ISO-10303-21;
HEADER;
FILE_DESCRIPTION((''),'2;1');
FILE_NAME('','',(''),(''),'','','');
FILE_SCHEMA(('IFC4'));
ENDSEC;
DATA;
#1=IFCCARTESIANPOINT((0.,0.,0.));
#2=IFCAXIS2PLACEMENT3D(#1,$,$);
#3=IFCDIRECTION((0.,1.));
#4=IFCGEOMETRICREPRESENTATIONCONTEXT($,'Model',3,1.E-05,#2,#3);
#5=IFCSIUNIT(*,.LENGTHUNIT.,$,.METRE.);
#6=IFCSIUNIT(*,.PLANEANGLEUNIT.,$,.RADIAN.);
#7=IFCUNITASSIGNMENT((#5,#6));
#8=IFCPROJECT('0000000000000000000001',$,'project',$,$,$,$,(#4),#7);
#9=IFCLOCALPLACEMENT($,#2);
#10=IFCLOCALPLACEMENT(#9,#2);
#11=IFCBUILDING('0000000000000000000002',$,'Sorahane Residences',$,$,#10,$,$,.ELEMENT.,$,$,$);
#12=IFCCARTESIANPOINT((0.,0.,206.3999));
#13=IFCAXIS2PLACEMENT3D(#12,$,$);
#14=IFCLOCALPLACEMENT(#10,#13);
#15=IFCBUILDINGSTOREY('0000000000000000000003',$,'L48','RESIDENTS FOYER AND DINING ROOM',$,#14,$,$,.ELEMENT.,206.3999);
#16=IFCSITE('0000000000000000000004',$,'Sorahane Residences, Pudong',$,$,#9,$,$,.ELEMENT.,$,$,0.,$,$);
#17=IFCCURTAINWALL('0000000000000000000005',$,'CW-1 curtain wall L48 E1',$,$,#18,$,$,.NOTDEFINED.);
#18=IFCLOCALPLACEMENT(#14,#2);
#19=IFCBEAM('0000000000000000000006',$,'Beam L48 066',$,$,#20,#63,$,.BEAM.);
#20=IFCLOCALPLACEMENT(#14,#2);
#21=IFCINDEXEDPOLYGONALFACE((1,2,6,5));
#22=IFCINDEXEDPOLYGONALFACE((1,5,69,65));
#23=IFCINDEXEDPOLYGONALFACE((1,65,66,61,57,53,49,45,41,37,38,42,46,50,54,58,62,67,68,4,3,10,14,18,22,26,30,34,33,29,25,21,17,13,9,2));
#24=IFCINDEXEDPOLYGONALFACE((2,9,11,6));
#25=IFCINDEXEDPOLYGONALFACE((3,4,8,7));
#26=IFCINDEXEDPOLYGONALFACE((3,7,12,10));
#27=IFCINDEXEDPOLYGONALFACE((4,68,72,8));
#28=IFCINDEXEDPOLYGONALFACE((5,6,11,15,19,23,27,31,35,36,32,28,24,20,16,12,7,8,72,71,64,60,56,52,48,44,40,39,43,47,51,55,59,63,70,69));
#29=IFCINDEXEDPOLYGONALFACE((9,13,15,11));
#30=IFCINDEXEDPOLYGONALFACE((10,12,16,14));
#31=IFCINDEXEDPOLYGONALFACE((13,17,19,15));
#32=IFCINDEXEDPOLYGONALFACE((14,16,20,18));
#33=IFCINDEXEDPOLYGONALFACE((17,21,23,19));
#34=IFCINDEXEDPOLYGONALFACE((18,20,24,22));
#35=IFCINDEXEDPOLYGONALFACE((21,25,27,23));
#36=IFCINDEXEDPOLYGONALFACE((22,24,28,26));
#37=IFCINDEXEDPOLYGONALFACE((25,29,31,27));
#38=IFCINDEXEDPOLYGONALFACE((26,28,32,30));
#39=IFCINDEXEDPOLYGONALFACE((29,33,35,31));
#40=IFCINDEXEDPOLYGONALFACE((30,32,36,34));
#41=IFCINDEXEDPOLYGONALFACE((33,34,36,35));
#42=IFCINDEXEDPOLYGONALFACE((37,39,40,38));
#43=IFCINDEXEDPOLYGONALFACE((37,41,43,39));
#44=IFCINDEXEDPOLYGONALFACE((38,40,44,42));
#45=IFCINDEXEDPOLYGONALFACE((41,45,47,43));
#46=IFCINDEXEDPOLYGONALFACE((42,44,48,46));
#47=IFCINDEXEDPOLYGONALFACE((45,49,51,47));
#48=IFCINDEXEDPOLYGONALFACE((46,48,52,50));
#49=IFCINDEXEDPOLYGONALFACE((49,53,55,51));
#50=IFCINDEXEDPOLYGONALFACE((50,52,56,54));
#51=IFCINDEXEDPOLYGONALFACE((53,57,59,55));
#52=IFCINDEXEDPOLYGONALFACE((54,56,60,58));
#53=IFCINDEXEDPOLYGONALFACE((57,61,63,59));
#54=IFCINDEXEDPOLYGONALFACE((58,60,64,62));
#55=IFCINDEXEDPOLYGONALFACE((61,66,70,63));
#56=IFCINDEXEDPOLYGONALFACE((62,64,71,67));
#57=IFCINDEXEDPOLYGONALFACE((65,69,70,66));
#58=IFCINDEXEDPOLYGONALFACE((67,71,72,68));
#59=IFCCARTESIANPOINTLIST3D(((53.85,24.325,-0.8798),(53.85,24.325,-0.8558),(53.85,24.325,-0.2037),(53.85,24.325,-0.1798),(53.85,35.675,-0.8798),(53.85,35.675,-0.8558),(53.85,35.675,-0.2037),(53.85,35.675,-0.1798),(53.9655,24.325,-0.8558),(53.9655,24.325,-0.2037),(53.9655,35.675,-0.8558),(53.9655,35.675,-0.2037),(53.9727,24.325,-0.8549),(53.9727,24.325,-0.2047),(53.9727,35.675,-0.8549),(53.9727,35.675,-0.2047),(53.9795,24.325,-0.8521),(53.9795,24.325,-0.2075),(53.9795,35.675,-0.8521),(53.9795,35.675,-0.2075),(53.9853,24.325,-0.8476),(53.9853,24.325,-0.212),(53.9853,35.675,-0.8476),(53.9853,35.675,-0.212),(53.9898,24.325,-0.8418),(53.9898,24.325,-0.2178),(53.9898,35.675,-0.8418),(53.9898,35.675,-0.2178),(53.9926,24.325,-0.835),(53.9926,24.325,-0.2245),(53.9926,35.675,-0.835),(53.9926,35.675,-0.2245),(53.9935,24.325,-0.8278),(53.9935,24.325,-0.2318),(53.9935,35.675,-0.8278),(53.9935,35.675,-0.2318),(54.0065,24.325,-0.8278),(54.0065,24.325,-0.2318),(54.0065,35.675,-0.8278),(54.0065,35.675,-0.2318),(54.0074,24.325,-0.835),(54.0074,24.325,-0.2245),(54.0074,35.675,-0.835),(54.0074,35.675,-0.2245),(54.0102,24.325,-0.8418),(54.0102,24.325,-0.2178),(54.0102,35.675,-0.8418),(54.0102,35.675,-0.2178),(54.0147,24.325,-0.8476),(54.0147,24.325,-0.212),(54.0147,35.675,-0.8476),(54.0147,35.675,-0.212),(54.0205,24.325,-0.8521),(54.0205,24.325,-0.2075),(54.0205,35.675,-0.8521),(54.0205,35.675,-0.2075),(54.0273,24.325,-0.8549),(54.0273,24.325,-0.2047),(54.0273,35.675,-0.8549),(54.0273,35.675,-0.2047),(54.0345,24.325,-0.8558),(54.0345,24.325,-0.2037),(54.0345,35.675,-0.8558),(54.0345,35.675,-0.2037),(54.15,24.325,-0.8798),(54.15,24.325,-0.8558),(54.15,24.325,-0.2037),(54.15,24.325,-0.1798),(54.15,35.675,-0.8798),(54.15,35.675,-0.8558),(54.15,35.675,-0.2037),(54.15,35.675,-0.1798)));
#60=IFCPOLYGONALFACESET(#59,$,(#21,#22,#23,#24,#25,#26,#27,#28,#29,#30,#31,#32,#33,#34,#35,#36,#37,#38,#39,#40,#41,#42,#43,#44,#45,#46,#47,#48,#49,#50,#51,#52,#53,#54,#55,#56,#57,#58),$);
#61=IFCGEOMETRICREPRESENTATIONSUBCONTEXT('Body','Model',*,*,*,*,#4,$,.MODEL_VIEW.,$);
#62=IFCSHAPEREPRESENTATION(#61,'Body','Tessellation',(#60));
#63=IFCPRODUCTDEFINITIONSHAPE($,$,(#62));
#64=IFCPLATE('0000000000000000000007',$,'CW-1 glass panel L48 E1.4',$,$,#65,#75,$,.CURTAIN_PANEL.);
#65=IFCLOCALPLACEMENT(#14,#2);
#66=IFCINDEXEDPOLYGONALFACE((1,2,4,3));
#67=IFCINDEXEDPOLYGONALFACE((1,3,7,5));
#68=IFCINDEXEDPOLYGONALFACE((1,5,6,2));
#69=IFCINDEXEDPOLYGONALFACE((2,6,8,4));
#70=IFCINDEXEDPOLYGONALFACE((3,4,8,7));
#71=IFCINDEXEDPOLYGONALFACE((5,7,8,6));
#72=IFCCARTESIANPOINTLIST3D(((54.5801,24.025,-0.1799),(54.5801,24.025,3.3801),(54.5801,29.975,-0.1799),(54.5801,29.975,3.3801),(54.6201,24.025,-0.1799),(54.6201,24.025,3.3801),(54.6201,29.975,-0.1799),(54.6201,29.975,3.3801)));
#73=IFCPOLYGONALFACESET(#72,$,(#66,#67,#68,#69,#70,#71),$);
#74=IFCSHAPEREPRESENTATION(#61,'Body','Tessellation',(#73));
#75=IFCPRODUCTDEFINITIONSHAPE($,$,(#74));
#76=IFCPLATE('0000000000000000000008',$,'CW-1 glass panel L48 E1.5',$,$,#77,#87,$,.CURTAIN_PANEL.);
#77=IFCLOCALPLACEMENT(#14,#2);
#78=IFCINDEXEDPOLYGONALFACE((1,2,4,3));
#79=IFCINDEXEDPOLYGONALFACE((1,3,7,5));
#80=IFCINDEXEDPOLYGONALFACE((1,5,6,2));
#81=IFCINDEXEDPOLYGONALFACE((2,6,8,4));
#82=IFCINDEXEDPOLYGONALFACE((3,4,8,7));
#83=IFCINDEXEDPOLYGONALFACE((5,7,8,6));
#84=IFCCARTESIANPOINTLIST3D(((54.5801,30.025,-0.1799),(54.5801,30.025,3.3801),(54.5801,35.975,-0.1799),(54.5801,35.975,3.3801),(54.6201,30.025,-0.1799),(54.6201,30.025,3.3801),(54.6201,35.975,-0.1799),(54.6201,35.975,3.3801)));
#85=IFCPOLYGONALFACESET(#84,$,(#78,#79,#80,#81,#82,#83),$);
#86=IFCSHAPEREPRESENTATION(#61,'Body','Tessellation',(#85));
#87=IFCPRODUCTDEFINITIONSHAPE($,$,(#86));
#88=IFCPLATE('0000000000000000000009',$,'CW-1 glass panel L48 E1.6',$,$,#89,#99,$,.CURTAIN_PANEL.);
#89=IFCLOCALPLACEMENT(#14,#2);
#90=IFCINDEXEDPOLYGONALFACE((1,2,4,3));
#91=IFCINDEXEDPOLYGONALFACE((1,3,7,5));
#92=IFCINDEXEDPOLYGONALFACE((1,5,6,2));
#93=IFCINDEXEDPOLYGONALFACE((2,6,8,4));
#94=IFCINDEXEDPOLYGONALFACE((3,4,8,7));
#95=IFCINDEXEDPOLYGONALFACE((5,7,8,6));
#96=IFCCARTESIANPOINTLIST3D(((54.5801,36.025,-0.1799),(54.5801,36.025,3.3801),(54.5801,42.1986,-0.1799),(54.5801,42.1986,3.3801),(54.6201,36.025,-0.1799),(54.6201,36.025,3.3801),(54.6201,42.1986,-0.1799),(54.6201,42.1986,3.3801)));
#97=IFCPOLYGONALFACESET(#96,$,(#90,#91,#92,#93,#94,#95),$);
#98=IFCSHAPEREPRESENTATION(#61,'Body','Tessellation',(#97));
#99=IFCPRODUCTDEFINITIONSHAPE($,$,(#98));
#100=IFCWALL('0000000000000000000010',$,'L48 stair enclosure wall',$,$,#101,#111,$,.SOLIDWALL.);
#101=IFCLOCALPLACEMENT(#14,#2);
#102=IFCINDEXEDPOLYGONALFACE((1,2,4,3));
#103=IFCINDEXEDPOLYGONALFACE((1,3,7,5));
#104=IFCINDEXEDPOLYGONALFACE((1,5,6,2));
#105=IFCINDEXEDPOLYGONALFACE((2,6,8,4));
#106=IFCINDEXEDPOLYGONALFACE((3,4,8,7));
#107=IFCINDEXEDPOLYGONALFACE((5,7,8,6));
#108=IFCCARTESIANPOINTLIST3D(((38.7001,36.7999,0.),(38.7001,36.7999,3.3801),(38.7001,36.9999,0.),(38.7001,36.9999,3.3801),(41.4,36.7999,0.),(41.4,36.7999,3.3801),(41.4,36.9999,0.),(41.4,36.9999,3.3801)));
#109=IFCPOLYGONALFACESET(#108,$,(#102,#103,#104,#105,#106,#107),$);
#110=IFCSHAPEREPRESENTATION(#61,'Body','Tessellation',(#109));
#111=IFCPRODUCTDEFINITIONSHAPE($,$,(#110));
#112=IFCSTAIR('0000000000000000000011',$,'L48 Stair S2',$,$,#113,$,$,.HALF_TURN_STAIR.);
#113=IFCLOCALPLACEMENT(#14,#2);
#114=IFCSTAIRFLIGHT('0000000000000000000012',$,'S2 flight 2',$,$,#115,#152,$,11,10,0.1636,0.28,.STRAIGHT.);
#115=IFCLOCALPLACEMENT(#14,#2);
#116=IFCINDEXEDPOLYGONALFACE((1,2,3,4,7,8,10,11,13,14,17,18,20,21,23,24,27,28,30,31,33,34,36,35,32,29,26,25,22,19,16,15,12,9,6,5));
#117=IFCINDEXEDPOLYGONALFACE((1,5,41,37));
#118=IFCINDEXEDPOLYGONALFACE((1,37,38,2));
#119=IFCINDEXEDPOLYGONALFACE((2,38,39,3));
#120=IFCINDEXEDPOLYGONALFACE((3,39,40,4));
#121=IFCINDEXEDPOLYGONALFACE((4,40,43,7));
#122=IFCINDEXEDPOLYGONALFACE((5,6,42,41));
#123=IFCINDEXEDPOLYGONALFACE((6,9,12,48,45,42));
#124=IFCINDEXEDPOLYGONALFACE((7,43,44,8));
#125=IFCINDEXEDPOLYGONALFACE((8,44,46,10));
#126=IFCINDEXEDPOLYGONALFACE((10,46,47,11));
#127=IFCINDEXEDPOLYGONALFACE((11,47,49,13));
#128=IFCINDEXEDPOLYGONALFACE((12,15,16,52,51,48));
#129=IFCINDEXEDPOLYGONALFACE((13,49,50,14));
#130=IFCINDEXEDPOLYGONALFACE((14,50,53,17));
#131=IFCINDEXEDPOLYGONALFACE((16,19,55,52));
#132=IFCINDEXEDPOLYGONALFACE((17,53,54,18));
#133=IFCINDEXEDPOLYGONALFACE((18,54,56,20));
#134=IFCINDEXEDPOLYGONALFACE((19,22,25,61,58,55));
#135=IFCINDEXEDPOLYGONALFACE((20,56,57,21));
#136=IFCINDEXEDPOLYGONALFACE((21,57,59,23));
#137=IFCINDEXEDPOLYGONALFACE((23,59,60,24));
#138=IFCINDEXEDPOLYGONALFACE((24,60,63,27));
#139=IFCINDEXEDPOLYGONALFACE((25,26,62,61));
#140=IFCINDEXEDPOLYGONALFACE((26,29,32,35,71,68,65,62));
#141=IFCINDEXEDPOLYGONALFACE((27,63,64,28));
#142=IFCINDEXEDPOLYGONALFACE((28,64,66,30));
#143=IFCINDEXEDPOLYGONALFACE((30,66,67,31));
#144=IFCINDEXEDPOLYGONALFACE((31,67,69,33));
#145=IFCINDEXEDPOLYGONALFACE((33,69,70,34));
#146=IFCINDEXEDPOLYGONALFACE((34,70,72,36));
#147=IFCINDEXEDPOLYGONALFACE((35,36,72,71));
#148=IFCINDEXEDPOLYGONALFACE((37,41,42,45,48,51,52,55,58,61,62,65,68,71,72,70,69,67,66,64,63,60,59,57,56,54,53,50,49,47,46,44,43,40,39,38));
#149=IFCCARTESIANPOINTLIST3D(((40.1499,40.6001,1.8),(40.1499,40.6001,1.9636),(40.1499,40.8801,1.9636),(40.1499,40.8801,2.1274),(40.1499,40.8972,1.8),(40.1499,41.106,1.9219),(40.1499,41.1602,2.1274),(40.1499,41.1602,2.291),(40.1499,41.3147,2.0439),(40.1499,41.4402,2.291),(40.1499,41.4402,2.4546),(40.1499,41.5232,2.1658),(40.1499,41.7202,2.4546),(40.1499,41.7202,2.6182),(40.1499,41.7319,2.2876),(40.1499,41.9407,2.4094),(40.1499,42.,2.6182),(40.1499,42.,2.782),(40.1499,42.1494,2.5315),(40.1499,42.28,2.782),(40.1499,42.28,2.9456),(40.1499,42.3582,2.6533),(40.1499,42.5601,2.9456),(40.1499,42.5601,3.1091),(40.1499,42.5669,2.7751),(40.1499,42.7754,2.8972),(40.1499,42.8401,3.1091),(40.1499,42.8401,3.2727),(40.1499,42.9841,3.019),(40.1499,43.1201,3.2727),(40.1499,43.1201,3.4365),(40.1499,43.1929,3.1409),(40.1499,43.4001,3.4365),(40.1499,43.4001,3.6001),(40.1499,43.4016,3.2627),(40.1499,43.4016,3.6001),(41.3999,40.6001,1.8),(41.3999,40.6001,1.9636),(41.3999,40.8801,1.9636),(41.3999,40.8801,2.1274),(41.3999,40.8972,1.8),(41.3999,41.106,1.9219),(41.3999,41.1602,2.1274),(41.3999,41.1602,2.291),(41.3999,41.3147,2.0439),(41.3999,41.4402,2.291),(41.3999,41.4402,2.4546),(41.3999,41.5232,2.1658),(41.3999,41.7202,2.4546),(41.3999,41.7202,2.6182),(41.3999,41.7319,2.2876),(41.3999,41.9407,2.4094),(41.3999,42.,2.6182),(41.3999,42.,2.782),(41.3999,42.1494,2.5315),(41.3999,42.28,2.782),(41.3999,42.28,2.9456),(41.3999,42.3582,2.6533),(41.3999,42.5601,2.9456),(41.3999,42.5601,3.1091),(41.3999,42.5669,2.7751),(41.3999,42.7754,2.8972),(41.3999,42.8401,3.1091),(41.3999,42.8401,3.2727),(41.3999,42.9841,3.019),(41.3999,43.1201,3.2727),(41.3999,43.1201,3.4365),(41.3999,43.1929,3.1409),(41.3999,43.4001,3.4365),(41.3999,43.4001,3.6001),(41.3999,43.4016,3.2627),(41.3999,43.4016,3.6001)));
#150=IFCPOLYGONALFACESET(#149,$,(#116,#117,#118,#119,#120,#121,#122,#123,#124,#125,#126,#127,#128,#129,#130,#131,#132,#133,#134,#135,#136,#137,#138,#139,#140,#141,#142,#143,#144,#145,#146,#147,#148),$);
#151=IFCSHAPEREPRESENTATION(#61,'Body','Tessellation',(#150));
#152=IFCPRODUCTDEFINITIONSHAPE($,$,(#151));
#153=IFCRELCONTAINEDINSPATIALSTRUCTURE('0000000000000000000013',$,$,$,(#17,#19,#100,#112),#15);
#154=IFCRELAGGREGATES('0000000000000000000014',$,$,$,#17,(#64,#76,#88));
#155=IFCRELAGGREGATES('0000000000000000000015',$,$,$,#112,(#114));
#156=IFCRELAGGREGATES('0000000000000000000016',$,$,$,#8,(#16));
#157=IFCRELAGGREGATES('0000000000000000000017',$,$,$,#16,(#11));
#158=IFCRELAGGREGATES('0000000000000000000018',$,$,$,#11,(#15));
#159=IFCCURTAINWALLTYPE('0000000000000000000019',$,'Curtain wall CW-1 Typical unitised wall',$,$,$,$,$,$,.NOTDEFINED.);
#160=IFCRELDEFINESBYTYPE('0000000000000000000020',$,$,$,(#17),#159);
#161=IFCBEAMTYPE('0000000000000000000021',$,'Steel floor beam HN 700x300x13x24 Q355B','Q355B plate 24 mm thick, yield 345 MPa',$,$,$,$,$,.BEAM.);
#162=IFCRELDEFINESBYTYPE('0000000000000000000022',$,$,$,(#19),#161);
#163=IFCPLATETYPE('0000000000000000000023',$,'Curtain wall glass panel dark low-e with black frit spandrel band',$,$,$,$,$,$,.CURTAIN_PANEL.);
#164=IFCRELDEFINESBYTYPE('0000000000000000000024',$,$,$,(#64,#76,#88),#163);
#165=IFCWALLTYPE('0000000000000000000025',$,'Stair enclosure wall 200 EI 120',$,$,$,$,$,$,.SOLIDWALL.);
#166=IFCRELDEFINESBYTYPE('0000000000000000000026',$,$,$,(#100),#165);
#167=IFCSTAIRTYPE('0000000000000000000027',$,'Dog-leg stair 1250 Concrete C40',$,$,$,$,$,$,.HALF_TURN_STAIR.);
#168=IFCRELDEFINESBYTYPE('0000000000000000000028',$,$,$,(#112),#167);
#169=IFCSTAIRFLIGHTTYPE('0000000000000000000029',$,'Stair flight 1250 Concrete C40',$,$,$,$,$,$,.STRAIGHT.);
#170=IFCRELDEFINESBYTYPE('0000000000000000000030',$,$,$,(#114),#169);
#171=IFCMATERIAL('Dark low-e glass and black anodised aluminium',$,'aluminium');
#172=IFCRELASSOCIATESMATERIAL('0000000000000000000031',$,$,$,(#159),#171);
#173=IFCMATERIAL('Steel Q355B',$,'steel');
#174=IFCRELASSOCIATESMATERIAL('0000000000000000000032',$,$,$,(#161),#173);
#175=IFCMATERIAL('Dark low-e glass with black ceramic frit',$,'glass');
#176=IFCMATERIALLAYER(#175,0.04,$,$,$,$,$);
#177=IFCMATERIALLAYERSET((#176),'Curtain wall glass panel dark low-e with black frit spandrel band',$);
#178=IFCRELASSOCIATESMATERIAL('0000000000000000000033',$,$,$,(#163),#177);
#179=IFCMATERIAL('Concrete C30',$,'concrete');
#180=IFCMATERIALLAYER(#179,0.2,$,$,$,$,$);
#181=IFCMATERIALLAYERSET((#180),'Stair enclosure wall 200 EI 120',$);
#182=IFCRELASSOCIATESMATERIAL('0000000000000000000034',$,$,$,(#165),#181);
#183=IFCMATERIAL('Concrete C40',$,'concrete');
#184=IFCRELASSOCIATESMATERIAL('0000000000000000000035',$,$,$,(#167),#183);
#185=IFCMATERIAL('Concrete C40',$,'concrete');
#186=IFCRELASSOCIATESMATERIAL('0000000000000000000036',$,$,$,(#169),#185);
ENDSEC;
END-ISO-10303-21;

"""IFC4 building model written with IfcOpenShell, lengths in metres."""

from ifc_helpers import new_model, si_unit, direction, frame, frame_2d, origin, origin_2d, place, context, subcontext, project, spatial, polyline, rectangle, i_section, outline, extrude, material, layer, layer_set, material_profile, profile_set, type_object, element, aggregate, save


model = new_model("IFC4")

# Units and contexts
model_context = context("Model", 3, precision=1e-05, world=origin(), true_north=direction((0.0, 1.0)))
body_context = subcontext(model_context, "Body", "Model", "MODEL_VIEW")
ifc_project = project(units=[si_unit("LENGTHUNIT", "METRE"), si_unit("PLANEANGLEUNIT", "RADIAN")], contexts=[model_context])

# Site, building, storey
site_placement = place(None, origin())
site = spatial("IfcSite", under=ifc_project, at=site_placement, Name="Sorahane Residences, Pudong", CompositionType="ELEMENT", RefElevation=0.0)
building_placement = place(site_placement, origin())
building = spatial("IfcBuilding", under=site, at=building_placement, Name="Sorahane Residences", CompositionType="ELEMENT")
storey_placement = place(building_placement, frame((0.0, 0.0, 206.3999)))
storey = spatial("IfcBuildingStorey", under=building, at=storey_placement, Name="L48", Description="RESIDENTS FOYER AND DINING ROOM", CompositionType="ELEMENT", Elevation=206.3999)

# Curtain wall
ifc_material_1 = material(Name="Dark low-e glass and black anodised aluminium", Category="aluminium")
curtain_wall_type = type_object("IfcCurtainWallType", Name="Curtain wall CW-1 Typical unitised wall", PredefinedType="NOTDEFINED", material=ifc_material_1)
curtain_wall_placement = place(storey_placement, origin())
curtain_wall = element("IfcCurtainWall", 1, at=curtain_wall_placement, inside=storey, type_object=curtain_wall_type, Name="CW-1 curtain wall L48 E1", PredefinedType="NOTDEFINED")

# Beam
ifc_material_2 = material(Name="Steel Q355B", Category="steel")
ifc_material_profile_1 = material_profile(ifc_material_2, i_section(OverallWidth=0.3, OverallDepth=0.7, WebThickness=0.0129, FlangeThickness=0.0239, FilletRadius=0.0281, at=origin_2d()), Name="HN 700x300x13x24")
ifc_profile_set_1 = profile_set([ifc_material_profile_1], Name="Steel Q355B")
beam_type_1 = type_object("IfcBeamType", Name="Steel floor beam HN 700x300x13x24 Q355B", Description="Q355B plate 24 mm thick, yield 345 MPa", PredefinedType="BEAM", material=ifc_profile_set_1)
beam_1_placement = place(storey_placement, frame((54.0, 24.325, -0.5298), z_axis=(0.0, 1.0, 0.0), x_axis=(-1.0, 0.0, 0.0)))
element("IfcBeam", 2, at=beam_1_placement, inside=storey, type_object=beam_type_1, Name="Beam L48 066", PredefinedType="BEAM", context=body_context, shape_type="SweptSolid", body=[
    extrude(i_section(OverallWidth=0.3, OverallDepth=0.7, WebThickness=0.0129, FlangeThickness=0.0239, FilletRadius=0.0281, at=origin_2d()), origin(), (0.0, 0.0, 1.0), 11.3501),
])

# Plates
ifc_material_3 = material(Name="Dark low-e glass with black ceramic frit", Category="glass")
ifc_layer_1 = layer(ifc_material_3, 0.04)
ifc_layer_set_1 = layer_set([ifc_layer_1], Name="Curtain wall glass panel dark low-e with black frit spandrel band")
plate_type = type_object("IfcPlateType", Name="Curtain wall glass panel dark low-e with black frit spandrel band", PredefinedType="CURTAIN_PANEL", material=ifc_layer_set_1)
plate_1_placement = place(storey_placement, frame((54.6001, 27.0, -0.1799), z_axis=(0.0, 0.0, 1.0), x_axis=(0.0, 1.0, 0.0)))
plate_1 = element("IfcPlate", 3, at=plate_1_placement, type_object=plate_type, Name="CW-1 glass panel L48 E1.4", PredefinedType="CURTAIN_PANEL", context=body_context, shape_type="SweptSolid", body=[
    extrude(rectangle(XDim=5.95, YDim=0.04, at=origin_2d()), origin(), (0.0, 0.0, 1.0), 3.5601),
])
plate_2_placement = place(storey_placement, frame((54.6001, 33.0, -0.1799), z_axis=(0.0, 0.0, 1.0), x_axis=(0.0, 1.0, 0.0)))
plate_2 = element("IfcPlate", 4, at=plate_2_placement, type_object=plate_type, Name="CW-1 glass panel L48 E1.5", PredefinedType="CURTAIN_PANEL", context=body_context, shape_type="SweptSolid", body=[
    extrude(rectangle(XDim=5.95, YDim=0.04, at=origin_2d()), origin(), (0.0, 0.0, 1.0), 3.5601),
])
plate_3_placement = place(storey_placement, frame((54.6001, 39.1118, -0.1799), z_axis=(0.0, 0.0, 1.0), x_axis=(0.0, 1.0, 0.0)))
plate_3 = element("IfcPlate", 5, at=plate_3_placement, type_object=plate_type, Name="CW-1 glass panel L48 E1.6", PredefinedType="CURTAIN_PANEL", context=body_context, shape_type="SweptSolid", body=[
    extrude(rectangle(XDim=6.1736, YDim=0.04, at=origin_2d()), origin(), (0.0, 0.0, 1.0), 3.5601),
])
aggregate(curtain_wall, [plate_1, plate_2, plate_3])

# Wall
ifc_material_4 = material(Name="Concrete C30", Category="concrete")
ifc_layer_2 = layer(ifc_material_4, 0.2)
ifc_layer_set_2 = layer_set([ifc_layer_2], Name="Stair enclosure wall 200 EI 120")
wall_type = type_object("IfcWallType", Name="Stair enclosure wall 200 EI 120", PredefinedType="SOLIDWALL", material=ifc_layer_set_2)
wall_placement = place(storey_placement, frame((38.7, 36.8999, 0.0), z_axis=(0.0, 0.0, 1.0), x_axis=(1.0, 0.0, 0.0)))
element("IfcWall", 6, at=wall_placement, inside=storey, type_object=wall_type, Name="L48 stair enclosure wall", PredefinedType="SOLIDWALL", context=body_context, shape_type="SweptSolid", body=[
    extrude(rectangle(XDim=2.7, YDim=0.2, at=frame_2d((1.3501, 0.0))), origin(), (0.0, 0.0, 1.0), 3.3801),
])

# Stair, stair flight
ifc_material_5 = material(Name="Concrete C40", Category="concrete")
stair_type = type_object("IfcStairType", Name="Dog-leg stair 1250 Concrete C40", PredefinedType="HALF_TURN_STAIR", material=ifc_material_5)
stair_1_placement = place(storey_placement, origin())
stair_1 = element("IfcStair", 7, at=stair_1_placement, inside=storey, type_object=stair_type, Name="L48 Stair S2", PredefinedType="HALF_TURN_STAIR")
ifc_material_6 = material(Name="Concrete C40", Category="concrete")
stair_flight_type = type_object("IfcStairFlightType", Name="Stair flight 1250 Concrete C40", PredefinedType="STRAIGHT", material=ifc_material_6)
stair_flight_1_placement = place(storey_placement, frame((40.7749, 40.6001, 1.8), z_axis=(0.0, 0.0, 1.0), x_axis=(0.0, 1.0, 0.0)))
stair_flight_1 = element("IfcStairFlight", 8, at=stair_flight_1_placement, type_object=stair_flight_type, Name="S2 flight 2", NumberOfRisers=11, NumberOfTreads=10, PredefinedType="STRAIGHT", RiserHeight=0.1636, TreadLength=0.28, context=body_context, shape_type="SweptSolid", body=[
    extrude(outline(polyline([(0.0, 0.0), (0.0, 0.1636), (0.28, 0.1636), (0.28, 0.3274), (0.5601, 0.3274), (0.5601, 0.491), (0.8401, 0.491), (0.8401, 0.6545), (1.1201, 0.6545), (1.1201, 0.8181), (1.3999, 0.8181), (1.3999, 0.9819), (1.6799, 0.9819), (1.6799, 1.1455), (1.96, 1.1455), (1.96, 1.3091), (2.24, 1.3091), (2.24, 1.4727), (2.52, 1.4727), (2.52, 1.6365), (2.8, 1.6365), (2.8, 1.8), (2.8015, 1.8), (2.8015, 1.4626), (2.5928, 1.3408), (2.384, 1.219), (2.1753, 1.0972), (1.9668, 0.9751), (1.7581, 0.8533), (1.5493, 0.7314), (1.3406, 0.6094), (1.1318, 0.4875), (0.9231, 0.3657), (0.7146, 0.2439), (0.5059, 0.1218), (0.2971, 0.0), (0.0, 0.0)])), frame((0.0, 0.625, 0.0), z_axis=(0.0, -1.0, 0.0), x_axis=(1.0, 0.0, 0.0)), (0.0, 0.0, 1.0), 1.25),
])
aggregate(stair_1, [stair_flight_1])

save(model, "model.ifc")
